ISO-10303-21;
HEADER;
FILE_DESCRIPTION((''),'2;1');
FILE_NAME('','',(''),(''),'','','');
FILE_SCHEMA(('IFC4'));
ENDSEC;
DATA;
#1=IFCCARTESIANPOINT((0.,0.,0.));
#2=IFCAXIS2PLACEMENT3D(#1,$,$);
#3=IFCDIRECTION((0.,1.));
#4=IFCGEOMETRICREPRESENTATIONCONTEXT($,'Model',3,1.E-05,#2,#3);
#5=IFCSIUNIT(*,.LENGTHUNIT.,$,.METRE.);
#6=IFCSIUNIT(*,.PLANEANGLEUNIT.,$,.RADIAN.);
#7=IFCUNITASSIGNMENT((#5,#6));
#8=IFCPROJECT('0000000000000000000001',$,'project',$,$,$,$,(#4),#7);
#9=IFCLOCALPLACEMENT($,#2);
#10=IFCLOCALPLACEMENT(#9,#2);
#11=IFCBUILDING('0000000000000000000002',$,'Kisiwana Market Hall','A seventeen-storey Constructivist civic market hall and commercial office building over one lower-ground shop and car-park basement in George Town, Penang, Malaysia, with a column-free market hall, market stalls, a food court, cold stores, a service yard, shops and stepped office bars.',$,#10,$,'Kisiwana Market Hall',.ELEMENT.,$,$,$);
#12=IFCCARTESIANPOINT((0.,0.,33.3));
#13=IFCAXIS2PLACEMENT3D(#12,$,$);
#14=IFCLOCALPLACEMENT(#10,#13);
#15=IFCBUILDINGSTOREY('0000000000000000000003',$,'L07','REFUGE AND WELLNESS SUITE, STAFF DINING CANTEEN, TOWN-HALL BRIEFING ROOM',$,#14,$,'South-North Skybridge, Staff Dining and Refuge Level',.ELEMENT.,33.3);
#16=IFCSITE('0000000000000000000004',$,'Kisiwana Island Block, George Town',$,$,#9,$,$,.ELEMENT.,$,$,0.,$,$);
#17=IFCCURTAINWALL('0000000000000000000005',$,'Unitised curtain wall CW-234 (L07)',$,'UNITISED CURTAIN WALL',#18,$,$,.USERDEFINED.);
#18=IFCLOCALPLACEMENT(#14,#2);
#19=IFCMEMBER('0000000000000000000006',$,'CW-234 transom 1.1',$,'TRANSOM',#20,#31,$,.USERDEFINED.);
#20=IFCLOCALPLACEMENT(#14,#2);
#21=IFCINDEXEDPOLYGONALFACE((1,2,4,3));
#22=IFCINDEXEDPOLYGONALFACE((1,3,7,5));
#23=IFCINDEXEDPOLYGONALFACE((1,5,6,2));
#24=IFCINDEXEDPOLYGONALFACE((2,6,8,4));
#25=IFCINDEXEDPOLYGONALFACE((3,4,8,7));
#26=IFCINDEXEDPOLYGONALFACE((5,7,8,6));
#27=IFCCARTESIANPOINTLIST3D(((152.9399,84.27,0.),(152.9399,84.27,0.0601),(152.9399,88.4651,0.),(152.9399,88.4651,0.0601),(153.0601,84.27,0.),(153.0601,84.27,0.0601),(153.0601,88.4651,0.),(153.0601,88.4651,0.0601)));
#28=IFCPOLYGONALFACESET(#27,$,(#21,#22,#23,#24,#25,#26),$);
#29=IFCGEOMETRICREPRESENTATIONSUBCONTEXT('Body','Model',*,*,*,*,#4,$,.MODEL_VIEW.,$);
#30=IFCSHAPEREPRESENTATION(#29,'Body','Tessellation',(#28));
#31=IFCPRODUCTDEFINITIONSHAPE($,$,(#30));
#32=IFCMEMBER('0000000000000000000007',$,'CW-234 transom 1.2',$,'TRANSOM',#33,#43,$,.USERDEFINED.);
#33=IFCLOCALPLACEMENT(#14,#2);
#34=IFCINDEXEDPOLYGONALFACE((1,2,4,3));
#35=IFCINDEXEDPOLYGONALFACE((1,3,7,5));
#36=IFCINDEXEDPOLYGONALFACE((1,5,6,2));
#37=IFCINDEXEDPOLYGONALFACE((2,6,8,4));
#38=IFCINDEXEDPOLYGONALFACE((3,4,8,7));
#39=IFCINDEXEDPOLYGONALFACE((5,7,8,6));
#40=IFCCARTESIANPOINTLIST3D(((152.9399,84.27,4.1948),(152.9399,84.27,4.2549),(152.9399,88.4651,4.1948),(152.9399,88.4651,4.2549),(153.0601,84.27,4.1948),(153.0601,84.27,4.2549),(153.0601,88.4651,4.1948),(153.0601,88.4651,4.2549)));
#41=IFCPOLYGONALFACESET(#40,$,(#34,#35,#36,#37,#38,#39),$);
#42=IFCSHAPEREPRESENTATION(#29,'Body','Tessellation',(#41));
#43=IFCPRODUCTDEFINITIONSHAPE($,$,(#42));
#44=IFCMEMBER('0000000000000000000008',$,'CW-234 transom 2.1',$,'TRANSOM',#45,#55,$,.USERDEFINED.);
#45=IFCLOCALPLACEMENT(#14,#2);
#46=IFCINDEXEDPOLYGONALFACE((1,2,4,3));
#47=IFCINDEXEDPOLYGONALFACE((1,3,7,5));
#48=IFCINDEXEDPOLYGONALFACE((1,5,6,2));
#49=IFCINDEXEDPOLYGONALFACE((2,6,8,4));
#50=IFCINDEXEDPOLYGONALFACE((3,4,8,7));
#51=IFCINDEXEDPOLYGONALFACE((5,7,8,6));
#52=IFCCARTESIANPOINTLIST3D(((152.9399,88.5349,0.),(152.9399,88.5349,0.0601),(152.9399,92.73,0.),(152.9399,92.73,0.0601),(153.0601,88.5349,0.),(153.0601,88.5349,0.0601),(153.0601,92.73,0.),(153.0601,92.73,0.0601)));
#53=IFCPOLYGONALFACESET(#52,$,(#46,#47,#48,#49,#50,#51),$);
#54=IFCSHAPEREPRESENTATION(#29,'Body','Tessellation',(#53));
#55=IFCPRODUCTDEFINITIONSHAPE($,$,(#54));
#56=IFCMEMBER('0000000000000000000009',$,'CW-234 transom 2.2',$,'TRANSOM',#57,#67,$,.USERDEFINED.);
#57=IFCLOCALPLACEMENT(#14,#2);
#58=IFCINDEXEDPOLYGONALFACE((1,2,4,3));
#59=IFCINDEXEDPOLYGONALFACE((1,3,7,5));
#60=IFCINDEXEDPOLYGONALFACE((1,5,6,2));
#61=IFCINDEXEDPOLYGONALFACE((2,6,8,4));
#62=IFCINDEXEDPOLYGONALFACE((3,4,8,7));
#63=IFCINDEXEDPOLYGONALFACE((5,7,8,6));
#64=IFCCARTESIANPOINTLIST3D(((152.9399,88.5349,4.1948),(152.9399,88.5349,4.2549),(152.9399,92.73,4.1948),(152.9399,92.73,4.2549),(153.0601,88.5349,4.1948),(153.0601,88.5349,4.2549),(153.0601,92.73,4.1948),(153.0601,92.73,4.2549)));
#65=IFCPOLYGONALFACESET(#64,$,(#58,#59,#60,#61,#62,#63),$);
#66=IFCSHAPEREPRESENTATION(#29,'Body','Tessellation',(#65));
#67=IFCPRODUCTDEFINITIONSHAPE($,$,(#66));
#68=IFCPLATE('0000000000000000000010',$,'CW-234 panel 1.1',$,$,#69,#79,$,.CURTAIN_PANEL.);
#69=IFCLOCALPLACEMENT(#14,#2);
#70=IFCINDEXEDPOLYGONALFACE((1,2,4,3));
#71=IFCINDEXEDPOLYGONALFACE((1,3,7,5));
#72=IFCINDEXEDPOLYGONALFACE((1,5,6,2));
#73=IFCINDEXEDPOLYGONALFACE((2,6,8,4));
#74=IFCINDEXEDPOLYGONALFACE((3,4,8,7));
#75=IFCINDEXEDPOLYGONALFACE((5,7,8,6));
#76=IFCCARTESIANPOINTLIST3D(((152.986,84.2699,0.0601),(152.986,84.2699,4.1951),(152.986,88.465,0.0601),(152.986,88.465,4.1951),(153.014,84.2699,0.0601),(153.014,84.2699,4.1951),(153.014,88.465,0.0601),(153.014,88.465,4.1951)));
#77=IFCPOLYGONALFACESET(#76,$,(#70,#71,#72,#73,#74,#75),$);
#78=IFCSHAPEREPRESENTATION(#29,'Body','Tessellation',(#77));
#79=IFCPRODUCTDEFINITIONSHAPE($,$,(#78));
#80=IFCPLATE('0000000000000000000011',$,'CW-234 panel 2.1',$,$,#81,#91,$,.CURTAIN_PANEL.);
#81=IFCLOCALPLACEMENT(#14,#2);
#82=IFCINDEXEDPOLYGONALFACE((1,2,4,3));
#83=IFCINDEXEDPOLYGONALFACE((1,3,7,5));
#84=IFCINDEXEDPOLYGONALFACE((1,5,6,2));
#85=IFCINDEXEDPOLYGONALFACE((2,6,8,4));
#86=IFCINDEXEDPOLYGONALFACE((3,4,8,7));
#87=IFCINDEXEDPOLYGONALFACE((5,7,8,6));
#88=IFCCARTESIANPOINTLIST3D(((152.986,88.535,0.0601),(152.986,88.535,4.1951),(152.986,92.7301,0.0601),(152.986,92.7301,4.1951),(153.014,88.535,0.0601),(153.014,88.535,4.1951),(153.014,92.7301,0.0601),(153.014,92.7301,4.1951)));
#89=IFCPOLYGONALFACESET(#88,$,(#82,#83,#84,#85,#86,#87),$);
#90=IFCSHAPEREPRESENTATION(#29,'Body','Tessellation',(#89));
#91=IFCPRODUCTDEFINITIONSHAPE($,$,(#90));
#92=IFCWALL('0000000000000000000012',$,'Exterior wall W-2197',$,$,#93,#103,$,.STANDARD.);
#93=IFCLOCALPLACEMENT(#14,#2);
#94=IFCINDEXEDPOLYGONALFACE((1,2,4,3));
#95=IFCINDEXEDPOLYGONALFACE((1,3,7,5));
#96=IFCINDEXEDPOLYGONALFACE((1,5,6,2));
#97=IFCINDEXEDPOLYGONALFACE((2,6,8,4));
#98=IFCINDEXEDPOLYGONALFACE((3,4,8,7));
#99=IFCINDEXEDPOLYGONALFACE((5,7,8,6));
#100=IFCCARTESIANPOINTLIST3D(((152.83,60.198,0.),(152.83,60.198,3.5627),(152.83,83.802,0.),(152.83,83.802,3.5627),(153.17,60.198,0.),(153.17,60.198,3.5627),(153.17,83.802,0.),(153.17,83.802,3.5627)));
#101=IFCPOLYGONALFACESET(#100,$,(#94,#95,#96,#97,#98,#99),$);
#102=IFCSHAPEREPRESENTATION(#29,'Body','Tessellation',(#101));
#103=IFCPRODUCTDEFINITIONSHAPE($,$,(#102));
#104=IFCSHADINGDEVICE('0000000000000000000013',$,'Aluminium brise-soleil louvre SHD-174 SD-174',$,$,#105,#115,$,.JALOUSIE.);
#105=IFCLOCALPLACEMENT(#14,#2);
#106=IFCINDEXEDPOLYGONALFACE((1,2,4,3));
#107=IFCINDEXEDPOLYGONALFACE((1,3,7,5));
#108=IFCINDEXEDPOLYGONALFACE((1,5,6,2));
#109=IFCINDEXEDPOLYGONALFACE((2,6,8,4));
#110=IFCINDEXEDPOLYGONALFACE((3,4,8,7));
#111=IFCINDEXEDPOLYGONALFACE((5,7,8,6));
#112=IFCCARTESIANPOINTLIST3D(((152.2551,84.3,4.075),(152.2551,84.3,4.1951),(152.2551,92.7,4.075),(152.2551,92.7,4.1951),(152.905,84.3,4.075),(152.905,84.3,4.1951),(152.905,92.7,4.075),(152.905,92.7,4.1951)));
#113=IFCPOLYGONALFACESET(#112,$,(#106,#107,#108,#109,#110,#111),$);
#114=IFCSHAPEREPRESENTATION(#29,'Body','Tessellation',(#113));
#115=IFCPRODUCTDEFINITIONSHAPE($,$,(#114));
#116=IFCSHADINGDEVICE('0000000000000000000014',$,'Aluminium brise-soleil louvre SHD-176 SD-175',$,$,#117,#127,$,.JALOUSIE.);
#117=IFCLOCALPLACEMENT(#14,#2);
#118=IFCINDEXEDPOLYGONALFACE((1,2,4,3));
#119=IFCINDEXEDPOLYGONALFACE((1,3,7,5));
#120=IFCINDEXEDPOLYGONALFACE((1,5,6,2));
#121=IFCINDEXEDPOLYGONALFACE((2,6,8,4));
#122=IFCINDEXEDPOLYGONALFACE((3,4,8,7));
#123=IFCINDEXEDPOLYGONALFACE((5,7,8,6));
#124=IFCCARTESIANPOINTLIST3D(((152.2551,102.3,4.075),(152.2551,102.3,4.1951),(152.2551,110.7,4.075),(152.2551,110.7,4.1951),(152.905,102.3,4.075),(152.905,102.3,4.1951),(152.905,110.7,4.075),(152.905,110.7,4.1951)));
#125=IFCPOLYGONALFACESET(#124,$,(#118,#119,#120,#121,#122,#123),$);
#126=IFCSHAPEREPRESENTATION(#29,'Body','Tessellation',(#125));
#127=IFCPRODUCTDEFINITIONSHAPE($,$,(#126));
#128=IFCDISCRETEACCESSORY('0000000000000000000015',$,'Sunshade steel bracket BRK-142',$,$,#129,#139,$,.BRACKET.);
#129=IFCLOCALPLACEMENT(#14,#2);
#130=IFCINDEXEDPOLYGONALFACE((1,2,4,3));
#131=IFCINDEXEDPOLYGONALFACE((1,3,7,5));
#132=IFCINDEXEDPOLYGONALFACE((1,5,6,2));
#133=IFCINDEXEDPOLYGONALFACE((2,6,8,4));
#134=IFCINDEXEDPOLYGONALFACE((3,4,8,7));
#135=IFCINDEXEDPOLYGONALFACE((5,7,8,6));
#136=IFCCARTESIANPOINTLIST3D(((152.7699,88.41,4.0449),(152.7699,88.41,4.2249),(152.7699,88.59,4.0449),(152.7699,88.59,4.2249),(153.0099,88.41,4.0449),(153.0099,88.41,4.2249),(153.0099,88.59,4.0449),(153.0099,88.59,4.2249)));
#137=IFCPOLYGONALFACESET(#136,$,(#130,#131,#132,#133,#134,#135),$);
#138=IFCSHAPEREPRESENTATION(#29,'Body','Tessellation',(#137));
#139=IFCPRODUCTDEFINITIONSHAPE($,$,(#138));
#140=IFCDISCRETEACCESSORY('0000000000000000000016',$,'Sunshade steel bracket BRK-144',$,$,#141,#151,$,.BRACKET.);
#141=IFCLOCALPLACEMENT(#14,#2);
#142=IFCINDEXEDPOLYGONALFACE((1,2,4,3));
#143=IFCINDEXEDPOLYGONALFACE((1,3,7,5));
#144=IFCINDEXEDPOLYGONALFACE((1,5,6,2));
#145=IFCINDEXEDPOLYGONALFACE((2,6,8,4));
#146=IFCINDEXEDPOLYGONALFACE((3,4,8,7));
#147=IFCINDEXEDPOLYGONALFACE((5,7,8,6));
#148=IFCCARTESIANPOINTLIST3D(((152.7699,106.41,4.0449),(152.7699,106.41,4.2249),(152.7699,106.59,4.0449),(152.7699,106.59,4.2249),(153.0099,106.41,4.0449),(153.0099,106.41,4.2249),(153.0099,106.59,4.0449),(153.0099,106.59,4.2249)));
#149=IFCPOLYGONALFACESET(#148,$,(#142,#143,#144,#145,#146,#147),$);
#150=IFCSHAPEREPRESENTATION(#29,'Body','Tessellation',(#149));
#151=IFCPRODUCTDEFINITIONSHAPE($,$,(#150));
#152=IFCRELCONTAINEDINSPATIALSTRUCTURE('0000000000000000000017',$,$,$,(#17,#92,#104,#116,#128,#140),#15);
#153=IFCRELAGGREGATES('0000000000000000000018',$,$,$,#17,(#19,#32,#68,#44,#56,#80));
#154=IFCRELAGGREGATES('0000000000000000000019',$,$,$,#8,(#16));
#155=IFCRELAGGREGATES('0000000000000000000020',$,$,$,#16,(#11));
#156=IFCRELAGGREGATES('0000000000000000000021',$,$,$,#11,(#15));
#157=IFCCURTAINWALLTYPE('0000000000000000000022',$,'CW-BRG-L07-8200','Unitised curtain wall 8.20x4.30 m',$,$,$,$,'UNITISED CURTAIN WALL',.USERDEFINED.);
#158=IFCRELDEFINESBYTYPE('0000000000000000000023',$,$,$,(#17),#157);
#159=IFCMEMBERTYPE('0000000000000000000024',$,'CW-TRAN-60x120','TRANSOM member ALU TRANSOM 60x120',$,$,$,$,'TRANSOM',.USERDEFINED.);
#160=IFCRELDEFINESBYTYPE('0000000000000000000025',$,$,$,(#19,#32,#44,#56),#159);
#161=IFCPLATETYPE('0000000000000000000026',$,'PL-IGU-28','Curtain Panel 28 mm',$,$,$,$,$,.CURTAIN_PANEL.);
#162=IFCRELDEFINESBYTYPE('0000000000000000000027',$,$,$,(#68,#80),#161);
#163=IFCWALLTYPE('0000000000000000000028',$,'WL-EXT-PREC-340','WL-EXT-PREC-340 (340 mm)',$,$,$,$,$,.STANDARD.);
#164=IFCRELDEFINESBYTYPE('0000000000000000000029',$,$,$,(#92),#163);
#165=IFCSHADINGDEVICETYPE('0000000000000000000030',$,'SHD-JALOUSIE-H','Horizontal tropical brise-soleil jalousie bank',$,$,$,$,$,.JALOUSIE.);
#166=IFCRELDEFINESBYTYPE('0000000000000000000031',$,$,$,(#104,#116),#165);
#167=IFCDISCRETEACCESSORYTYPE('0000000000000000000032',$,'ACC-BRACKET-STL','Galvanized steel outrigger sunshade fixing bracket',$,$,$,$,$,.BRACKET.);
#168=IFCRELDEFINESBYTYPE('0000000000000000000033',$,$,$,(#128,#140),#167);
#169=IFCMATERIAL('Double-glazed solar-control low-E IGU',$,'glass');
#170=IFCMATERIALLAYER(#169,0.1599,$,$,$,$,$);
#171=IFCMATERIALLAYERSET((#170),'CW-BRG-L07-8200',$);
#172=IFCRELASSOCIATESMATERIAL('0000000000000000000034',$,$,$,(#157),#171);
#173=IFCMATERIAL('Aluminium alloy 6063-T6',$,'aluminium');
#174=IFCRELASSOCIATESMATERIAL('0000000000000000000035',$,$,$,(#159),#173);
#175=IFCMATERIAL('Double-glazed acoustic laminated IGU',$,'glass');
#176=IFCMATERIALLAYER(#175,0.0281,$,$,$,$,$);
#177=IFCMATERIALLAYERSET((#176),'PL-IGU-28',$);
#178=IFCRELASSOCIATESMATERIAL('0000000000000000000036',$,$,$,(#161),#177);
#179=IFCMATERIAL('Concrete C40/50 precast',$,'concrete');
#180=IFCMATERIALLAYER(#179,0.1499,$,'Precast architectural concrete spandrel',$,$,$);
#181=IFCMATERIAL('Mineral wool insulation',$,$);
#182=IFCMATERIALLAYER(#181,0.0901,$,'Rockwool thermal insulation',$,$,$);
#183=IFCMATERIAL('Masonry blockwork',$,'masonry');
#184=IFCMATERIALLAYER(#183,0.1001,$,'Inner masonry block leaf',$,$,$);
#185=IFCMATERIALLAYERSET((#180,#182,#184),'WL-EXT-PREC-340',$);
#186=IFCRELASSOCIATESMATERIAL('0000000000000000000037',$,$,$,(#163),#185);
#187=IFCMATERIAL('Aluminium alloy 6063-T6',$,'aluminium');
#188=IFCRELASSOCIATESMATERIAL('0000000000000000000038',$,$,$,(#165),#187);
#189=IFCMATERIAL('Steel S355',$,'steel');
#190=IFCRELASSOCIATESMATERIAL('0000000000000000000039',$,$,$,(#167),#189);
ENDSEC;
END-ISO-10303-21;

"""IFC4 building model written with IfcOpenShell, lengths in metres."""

from ifc_helpers import new_model, si_unit, direction, frame, frame_2d, origin, origin_2d, place, context, subcontext, project, spatial, rectangle, extrude, material, layer, layer_set, material_profile, profile_set, type_object, element, aggregate, save


model = new_model("IFC4")

# Units and contexts
model_context = context("Model", 3, precision=1e-05, world=origin(), true_north=direction((0.0, 1.0)))
body_context = subcontext(model_context, "Body", "Model", "MODEL_VIEW")
ifc_project = project(units=[si_unit("LENGTHUNIT", "METRE"), si_unit("PLANEANGLEUNIT", "RADIAN")], contexts=[model_context])

# Site, building, storey
site_placement = place(None, origin())
site = spatial("IfcSite", under=ifc_project, at=site_placement, Name="Kisiwana Island Block, George Town", CompositionType="ELEMENT", RefElevation=0.0)
building_placement = place(site_placement, origin())
building = spatial("IfcBuilding", under=site, at=building_placement, Name="Kisiwana Market Hall", Description="A seventeen-storey Constructivist civic market hall and commercial office building over one lower-ground shop and car-park basement in George Town, Penang, Malaysia, with a column-free market hall, market stalls, a food court, cold stores, a service yard, shops and stepped office bars.", LongName="Kisiwana Market Hall", CompositionType="ELEMENT")
storey_placement = place(building_placement, frame((0.0, 0.0, 33.3)))
storey = spatial("IfcBuildingStorey", under=building, at=storey_placement, Name="L07", Description="REFUGE AND WELLNESS SUITE, STAFF DINING CANTEEN, TOWN-HALL BRIEFING ROOM", LongName="South-North Skybridge, Staff Dining and Refuge Level", CompositionType="ELEMENT", Elevation=33.3)

# Curtain wall, members, plates
ifc_material_1 = material(Name="Double-glazed solar-control low-E IGU", Category="glass")
ifc_layer_1 = layer(ifc_material_1, 0.1599)
ifc_layer_set_1 = layer_set([ifc_layer_1], Name="CW-BRG-L07-8200")
curtain_wall_type = type_object("IfcCurtainWallType", Name="CW-BRG-L07-8200", Description="Unitised curtain wall 8.20x4.30 m", ElementType="UNITISED CURTAIN WALL", PredefinedType="USERDEFINED", material=ifc_layer_set_1)
curtain_wall_placement = place(storey_placement, origin())
curtain_wall = element("IfcCurtainWall", 1, at=curtain_wall_placement, inside=storey, type_object=curtain_wall_type, Name="Unitised curtain wall CW-234 (L07)", ObjectType="UNITISED CURTAIN WALL", PredefinedType="USERDEFINED")
ifc_material_2 = material(Name="Aluminium alloy 6063-T6", Category="aluminium")
ifc_material_profile_1 = material_profile(ifc_material_2, rectangle(XDim=0.1201, YDim=0.0601, at=origin_2d()), Name="ALU TRANSOM 60x120")
ifc_profile_set_1 = profile_set([ifc_material_profile_1], Name="Aluminium alloy 6063-T6")
member_type_1 = type_object("IfcMemberType", Name="CW-TRAN-60x120", Description="TRANSOM member ALU TRANSOM 60x120", ElementType="TRANSOM", PredefinedType="USERDEFINED", material=ifc_profile_set_1)
member_1_placement = place(storey_placement, frame((153.0, 84.27, 0.03), z_axis=(0.0, 1.0, 0.0), x_axis=(-1.0, 0.0, 0.0)))
member_1 = element("IfcMember", 2, at=member_1_placement, type_object=member_type_1, Name="CW-234 transom 1.1", ObjectType="TRANSOM", PredefinedType="USERDEFINED", context=body_context, shape_type="SweptSolid", body=[
    extrude(rectangle(XDim=0.1201, YDim=0.0601, at=origin_2d()), origin(), (0.0, 0.0, 1.0), 4.1951),
])
member_2_placement = place(storey_placement, frame((153.0, 84.27, 4.2249), z_axis=(0.0, 1.0, 0.0), x_axis=(-1.0, 0.0, 0.0)))
member_2 = element("IfcMember", 3, at=member_2_placement, type_object=member_type_1, Name="CW-234 transom 1.2", ObjectType="TRANSOM", PredefinedType="USERDEFINED", context=body_context, shape_type="SweptSolid", body=[
    extrude(rectangle(XDim=0.1201, YDim=0.0601, at=origin_2d()), origin(), (0.0, 0.0, 1.0), 4.1951),
])
member_3_placement = place(storey_placement, frame((153.0, 88.5349, 0.03), z_axis=(0.0, 1.0, 0.0), x_axis=(-1.0, 0.0, 0.0)))
member_3 = element("IfcMember", 4, at=member_3_placement, type_object=member_type_1, Name="CW-234 transom 2.1", ObjectType="TRANSOM", PredefinedType="USERDEFINED", context=body_context, shape_type="SweptSolid", body=[
    extrude(rectangle(XDim=0.1201, YDim=0.0601, at=origin_2d()), origin(), (0.0, 0.0, 1.0), 4.1951),
])
member_4_placement = place(storey_placement, frame((153.0, 88.5349, 4.2249), z_axis=(0.0, 1.0, 0.0), x_axis=(-1.0, 0.0, 0.0)))
member_4 = element("IfcMember", 5, at=member_4_placement, type_object=member_type_1, Name="CW-234 transom 2.2", ObjectType="TRANSOM", PredefinedType="USERDEFINED", context=body_context, shape_type="SweptSolid", body=[
    extrude(rectangle(XDim=0.1201, YDim=0.0601, at=origin_2d()), origin(), (0.0, 0.0, 1.0), 4.1951),
])
ifc_material_3 = material(Name="Double-glazed acoustic laminated IGU", Category="glass")
ifc_layer_2 = layer(ifc_material_3, 0.0281)
ifc_layer_set_2 = layer_set([ifc_layer_2], Name="PL-IGU-28")
plate_type = type_object("IfcPlateType", Name="PL-IGU-28", Description="Curtain Panel 28 mm", PredefinedType="CURTAIN_PANEL", material=ifc_layer_set_2)
plate_1_placement = place(storey_placement, frame((153.0, 86.3674, 0.0601), z_axis=(0.0, 0.0, 1.0), x_axis=(0.0, 1.0, 0.0)))
plate_1 = element("IfcPlate", 6, at=plate_1_placement, type_object=plate_type, Name="CW-234 panel 1.1", PredefinedType="CURTAIN_PANEL", context=body_context, shape_type="SweptSolid", body=[
    extrude(rectangle(XDim=4.1951, YDim=0.0281, at=origin_2d()), origin(), (0.0, 0.0, 1.0), 4.135),
])
plate_2_placement = place(storey_placement, frame((153.0, 90.6326, 0.0601), z_axis=(0.0, 0.0, 1.0), x_axis=(0.0, 1.0, 0.0)))
plate_2 = element("IfcPlate", 7, at=plate_2_placement, type_object=plate_type, Name="CW-234 panel 2.1", PredefinedType="CURTAIN_PANEL", context=body_context, shape_type="SweptSolid", body=[
    extrude(rectangle(XDim=4.1951, YDim=0.0281, at=origin_2d()), origin(), (0.0, 0.0, 1.0), 4.135),
])
aggregate(curtain_wall, [member_1, member_2, plate_1, member_3, member_4, plate_2])

# Wall
ifc_material_4 = material(Name="Concrete C40/50 precast", Category="concrete")
ifc_layer_3 = layer(ifc_material_4, 0.1499, Name="Precast architectural concrete spandrel")
ifc_material_5 = material(Name="Mineral wool insulation")
ifc_layer_4 = layer(ifc_material_5, 0.0901, Name="Rockwool thermal insulation")
ifc_material_6 = material(Name="Masonry blockwork", Category="masonry")
ifc_layer_5 = layer(ifc_material_6, 0.1001, Name="Inner masonry block leaf")
ifc_layer_set_3 = layer_set([ifc_layer_3, ifc_layer_4, ifc_layer_5], Name="WL-EXT-PREC-340")
wall_type = type_object("IfcWallType", Name="WL-EXT-PREC-340", Description="WL-EXT-PREC-340 (340 mm)", PredefinedType="STANDARD", material=ifc_layer_set_3)
wall_placement = place(storey_placement, frame((153.0, 60.198, 0.0), z_axis=(0.0, 0.0, 1.0), x_axis=(0.0, 1.0, 0.0)))
element("IfcWall", 8, at=wall_placement, inside=storey, type_object=wall_type, Name="Exterior wall W-2197", PredefinedType="STANDARD", context=body_context, shape_type="SweptSolid", body=[
    extrude(rectangle(XDim=23.604, YDim=0.3401, at=frame_2d((11.802, 0.0))), origin(), (0.0, 0.0, 1.0), 3.5627),
])

# Shading devices
ifc_material_7 = material(Name="Aluminium alloy 6063-T6", Category="aluminium")
shading_device_type = type_object("IfcShadingDeviceType", Name="SHD-JALOUSIE-H", Description="Horizontal tropical brise-soleil jalousie bank", PredefinedType="JALOUSIE", material=ifc_material_7)
for number, where, z_axis, x_axis, name in (
    (9, (152.5801, 88.5, 4.075), (0.0, 0.0, 1.0), (0.0, 1.0, 0.0), "Aluminium brise-soleil louvre SHD-174 SD-174"),
    (10, (152.5801, 106.5, 4.075), (0.0, 0.0, 1.0), (0.0, 1.0, 0.0), "Aluminium brise-soleil louvre SHD-176 SD-175"),
):
    element("IfcShadingDevice", number, at=place(storey_placement, frame(where, z_axis=z_axis, x_axis=x_axis)), inside=storey, type_object=shading_device_type, Name=name, PredefinedType="JALOUSIE", context=body_context, shape_type="SweptSolid", body=[
        extrude(rectangle(XDim=8.3999, YDim=0.6499, at=origin_2d()), origin(), (0.0, 0.0, 1.0), 0.1201),
    ])

# Discrete accessories
ifc_material_8 = material(Name="Steel S355", Category="steel")
discrete_accessory_type = type_object("IfcDiscreteAccessoryType", Name="ACC-BRACKET-STL", Description="Galvanized steel outrigger sunshade fixing bracket", PredefinedType="BRACKET", material=ifc_material_8)
for number, where, z_axis, x_axis, name in (
    (11, (152.8899, 88.5, 4.0449), (0.0, 0.0, 1.0), (0.0, 1.0, 0.0), "Sunshade steel bracket BRK-142"),
    (12, (152.8899, 106.5, 4.0449), (0.0, 0.0, 1.0), (0.0, 1.0, 0.0), "Sunshade steel bracket BRK-144"),
):
    element("IfcDiscreteAccessory", number, at=place(storey_placement, frame(where, z_axis=z_axis, x_axis=x_axis)), inside=storey, type_object=discrete_accessory_type, Name=name, PredefinedType="BRACKET", context=body_context, shape_type="SweptSolid", body=[
        extrude(rectangle(XDim=0.1799, YDim=0.24, at=origin_2d()), origin(), (0.0, 0.0, 1.0), 0.1799),
    ])

save(model, "model.ifc")
